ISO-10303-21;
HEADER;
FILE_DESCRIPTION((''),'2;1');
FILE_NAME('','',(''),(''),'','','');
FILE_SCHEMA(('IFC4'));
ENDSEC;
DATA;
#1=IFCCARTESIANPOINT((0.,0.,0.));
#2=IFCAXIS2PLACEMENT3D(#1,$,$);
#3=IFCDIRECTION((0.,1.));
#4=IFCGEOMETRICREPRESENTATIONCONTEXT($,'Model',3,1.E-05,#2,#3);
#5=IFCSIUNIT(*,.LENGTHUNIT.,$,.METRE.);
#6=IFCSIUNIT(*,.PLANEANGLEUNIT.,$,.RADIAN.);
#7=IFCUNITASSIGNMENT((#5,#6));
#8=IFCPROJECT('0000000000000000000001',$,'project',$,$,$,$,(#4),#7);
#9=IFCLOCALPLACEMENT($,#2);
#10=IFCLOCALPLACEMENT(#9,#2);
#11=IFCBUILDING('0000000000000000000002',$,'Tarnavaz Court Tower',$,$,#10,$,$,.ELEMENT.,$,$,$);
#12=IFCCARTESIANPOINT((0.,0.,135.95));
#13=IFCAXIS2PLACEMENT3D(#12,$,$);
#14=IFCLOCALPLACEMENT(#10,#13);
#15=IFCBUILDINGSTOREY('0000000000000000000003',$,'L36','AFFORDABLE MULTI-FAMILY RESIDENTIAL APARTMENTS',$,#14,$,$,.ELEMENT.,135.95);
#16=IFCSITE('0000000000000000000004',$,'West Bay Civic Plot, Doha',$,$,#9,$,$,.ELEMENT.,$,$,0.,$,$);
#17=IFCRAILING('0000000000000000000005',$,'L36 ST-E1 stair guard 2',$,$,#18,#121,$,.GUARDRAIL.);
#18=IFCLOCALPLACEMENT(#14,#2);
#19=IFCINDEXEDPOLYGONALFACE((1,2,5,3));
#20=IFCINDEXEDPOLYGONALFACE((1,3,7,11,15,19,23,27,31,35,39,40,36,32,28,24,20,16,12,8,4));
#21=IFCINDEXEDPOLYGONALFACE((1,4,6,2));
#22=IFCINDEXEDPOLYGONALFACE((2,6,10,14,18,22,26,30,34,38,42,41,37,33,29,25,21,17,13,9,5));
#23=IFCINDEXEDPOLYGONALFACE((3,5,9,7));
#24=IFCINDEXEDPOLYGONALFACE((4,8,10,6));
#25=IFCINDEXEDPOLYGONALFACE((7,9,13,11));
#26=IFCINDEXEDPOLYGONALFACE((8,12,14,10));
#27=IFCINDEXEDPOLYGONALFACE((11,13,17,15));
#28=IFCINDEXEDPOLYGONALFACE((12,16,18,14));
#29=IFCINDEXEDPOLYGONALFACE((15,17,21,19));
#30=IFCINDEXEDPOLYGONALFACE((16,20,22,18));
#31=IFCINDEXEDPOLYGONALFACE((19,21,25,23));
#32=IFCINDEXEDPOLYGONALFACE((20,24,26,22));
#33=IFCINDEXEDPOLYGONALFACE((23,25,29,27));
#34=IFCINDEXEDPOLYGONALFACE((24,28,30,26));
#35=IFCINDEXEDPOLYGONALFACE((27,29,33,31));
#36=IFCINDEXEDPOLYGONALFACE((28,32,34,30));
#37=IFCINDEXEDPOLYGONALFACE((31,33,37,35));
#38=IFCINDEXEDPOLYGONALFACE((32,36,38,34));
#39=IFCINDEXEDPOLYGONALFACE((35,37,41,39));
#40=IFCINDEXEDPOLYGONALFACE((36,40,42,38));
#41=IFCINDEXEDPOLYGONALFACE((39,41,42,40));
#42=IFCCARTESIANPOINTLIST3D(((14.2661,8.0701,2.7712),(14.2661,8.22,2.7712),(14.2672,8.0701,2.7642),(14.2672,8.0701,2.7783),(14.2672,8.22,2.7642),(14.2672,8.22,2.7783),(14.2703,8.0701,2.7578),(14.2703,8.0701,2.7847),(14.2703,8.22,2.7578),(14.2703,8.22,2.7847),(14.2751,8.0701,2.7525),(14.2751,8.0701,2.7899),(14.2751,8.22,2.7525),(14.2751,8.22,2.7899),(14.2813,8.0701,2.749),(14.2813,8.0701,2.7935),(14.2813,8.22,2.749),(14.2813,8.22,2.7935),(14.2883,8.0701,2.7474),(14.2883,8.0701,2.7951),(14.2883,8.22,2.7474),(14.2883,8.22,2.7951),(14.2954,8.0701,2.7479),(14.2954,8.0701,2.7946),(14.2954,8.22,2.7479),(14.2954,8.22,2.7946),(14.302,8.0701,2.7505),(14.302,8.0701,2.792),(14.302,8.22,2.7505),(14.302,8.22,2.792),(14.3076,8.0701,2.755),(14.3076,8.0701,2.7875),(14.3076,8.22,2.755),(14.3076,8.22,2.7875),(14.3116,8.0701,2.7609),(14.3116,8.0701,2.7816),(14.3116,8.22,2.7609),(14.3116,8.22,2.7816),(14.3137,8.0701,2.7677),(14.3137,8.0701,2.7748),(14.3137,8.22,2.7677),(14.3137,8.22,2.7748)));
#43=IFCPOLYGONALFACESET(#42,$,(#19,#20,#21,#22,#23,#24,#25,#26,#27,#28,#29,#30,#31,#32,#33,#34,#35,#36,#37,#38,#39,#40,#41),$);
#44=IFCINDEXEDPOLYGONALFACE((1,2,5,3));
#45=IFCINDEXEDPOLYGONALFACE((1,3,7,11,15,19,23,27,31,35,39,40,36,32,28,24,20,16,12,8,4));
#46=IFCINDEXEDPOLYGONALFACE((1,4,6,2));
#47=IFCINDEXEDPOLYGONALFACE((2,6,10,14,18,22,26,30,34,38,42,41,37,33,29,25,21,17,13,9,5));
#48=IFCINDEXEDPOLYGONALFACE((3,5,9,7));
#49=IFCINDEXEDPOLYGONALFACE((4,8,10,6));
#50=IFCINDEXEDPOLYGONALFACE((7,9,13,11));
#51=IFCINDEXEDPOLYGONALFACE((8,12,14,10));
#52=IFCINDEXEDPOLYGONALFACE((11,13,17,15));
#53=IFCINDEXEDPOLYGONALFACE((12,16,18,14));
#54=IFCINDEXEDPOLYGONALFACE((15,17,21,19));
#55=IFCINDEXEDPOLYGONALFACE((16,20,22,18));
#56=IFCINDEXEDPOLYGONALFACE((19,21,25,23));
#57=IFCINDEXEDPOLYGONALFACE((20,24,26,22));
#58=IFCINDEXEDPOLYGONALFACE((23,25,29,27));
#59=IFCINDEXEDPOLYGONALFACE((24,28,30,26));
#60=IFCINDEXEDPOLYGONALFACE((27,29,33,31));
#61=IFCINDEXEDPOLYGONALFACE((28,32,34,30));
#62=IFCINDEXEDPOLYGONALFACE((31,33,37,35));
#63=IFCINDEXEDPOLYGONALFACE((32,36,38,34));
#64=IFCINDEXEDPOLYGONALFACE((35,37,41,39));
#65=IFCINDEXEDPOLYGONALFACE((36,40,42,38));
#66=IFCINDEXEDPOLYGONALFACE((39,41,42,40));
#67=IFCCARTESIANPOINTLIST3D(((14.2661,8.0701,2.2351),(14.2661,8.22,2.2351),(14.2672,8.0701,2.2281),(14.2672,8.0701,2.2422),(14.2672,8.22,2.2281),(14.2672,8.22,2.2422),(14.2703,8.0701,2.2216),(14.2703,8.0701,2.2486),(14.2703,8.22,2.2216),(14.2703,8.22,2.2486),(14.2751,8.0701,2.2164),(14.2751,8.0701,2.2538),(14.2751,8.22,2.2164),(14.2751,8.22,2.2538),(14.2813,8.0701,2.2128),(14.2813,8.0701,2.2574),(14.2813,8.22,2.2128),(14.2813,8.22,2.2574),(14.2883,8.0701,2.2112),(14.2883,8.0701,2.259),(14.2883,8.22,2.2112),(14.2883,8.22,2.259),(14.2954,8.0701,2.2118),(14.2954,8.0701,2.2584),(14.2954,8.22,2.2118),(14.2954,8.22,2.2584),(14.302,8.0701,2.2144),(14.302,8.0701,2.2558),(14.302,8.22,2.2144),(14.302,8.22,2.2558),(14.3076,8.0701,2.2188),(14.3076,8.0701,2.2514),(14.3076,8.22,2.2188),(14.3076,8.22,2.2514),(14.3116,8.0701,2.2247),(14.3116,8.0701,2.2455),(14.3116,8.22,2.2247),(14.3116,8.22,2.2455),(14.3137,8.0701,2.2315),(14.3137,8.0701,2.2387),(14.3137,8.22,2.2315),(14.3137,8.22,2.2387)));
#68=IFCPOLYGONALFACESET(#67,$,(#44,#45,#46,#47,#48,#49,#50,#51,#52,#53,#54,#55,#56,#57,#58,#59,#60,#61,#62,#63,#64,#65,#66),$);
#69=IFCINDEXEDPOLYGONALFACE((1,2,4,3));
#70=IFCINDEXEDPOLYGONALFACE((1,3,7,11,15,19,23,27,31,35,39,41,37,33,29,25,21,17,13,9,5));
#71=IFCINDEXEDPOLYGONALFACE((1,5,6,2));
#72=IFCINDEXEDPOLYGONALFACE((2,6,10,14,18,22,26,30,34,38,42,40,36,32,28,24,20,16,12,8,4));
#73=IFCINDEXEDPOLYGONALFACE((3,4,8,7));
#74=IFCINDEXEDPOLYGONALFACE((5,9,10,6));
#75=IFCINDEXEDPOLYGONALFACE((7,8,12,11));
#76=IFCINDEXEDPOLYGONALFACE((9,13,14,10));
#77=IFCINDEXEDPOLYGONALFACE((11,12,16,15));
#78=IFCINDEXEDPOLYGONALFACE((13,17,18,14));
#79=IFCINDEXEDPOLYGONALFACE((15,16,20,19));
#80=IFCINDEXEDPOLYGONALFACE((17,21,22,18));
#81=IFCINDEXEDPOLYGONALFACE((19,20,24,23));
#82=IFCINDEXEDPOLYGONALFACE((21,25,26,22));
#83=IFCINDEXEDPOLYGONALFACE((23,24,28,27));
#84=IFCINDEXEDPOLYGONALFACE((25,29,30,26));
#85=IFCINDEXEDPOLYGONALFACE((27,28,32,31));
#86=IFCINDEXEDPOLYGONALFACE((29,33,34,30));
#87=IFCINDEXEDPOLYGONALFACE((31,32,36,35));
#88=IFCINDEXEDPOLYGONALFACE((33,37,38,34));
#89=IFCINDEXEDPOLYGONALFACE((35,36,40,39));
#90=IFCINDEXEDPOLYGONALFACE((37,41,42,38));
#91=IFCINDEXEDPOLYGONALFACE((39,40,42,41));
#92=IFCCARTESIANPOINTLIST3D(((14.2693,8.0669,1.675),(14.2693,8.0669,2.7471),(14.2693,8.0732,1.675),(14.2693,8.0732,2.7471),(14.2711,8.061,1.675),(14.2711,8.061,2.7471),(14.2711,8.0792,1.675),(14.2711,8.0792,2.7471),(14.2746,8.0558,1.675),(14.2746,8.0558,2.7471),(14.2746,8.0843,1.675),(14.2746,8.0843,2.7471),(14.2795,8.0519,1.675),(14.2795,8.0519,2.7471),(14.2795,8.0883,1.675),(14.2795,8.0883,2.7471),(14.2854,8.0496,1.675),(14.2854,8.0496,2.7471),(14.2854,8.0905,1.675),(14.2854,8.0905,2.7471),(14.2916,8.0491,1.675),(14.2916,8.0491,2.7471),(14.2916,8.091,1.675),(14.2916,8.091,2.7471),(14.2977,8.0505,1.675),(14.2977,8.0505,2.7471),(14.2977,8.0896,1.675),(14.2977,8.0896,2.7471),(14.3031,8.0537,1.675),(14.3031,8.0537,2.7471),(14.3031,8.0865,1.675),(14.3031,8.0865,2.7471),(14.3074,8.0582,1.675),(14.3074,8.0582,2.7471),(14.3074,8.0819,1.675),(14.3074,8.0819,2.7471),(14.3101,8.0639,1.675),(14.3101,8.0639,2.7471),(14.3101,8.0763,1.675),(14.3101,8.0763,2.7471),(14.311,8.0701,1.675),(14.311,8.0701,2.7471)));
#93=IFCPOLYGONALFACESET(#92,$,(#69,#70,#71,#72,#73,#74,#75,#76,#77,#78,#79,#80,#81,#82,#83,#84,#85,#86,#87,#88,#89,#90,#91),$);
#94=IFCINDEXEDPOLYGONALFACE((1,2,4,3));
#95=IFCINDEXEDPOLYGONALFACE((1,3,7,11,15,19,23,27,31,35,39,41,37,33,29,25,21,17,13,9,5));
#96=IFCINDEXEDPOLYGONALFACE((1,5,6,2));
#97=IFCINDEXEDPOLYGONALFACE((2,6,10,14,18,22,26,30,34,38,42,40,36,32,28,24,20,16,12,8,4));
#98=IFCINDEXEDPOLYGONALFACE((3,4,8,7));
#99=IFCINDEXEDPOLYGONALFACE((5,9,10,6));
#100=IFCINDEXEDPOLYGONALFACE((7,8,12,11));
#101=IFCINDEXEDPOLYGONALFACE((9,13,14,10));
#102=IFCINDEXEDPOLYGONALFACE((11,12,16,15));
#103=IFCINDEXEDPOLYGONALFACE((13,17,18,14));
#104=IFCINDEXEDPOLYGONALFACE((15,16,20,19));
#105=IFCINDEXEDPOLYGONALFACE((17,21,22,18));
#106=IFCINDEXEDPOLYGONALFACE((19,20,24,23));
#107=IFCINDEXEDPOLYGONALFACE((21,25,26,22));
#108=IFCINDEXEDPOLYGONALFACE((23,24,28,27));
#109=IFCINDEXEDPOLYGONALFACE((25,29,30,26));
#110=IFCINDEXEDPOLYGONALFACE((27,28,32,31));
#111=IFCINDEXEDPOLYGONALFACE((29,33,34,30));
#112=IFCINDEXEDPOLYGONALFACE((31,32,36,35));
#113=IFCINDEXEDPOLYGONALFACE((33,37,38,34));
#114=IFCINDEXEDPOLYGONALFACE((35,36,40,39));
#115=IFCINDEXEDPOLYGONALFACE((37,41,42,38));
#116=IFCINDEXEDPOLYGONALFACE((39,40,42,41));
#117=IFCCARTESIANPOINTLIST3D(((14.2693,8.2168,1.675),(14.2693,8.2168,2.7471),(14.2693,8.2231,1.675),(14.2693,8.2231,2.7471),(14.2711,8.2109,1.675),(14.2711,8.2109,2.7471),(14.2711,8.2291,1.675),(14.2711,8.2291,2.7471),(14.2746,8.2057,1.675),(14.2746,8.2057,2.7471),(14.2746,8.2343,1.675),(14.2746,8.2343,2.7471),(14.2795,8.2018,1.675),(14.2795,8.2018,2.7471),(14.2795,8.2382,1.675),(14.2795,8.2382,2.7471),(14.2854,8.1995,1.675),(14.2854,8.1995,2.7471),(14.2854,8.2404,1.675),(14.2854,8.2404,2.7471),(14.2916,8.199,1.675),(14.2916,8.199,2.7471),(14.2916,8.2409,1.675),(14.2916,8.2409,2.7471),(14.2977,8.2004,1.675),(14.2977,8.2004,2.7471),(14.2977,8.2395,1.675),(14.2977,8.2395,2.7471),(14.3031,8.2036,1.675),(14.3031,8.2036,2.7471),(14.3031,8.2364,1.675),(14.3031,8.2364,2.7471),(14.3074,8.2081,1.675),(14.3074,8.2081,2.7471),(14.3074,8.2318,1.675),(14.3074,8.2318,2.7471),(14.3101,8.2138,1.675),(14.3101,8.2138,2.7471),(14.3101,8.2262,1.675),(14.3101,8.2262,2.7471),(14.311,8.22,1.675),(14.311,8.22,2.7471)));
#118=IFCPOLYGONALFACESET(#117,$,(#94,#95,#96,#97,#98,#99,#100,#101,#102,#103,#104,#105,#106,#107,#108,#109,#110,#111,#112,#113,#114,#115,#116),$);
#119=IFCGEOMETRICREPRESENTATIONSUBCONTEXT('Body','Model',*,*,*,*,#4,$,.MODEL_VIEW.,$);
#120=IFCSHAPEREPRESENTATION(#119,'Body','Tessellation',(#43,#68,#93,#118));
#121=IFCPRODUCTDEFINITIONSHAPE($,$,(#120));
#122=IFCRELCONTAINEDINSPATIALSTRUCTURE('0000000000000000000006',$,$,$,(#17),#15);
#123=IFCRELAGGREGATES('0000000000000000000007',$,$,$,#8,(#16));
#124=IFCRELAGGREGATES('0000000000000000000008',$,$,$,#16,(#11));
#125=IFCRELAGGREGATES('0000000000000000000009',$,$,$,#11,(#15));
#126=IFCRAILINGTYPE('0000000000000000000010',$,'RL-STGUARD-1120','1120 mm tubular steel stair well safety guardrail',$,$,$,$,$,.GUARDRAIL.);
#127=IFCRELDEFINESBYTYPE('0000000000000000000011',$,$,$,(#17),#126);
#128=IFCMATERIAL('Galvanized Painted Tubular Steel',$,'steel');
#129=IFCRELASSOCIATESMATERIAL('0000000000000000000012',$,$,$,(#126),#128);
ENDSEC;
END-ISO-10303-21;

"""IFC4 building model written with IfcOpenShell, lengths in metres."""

from ifc_helpers import new_model, si_unit, direction, frame, origin, origin_2d, place, context, subcontext, project, spatial, circle, extrude, material, type_object, element, save


model = new_model("IFC4")

# Units and contexts
model_context = context("Model", 3, precision=1e-05, world=origin(), true_north=direction((0.0, 1.0)))
body_context = subcontext(model_context, "Body", "Model", "MODEL_VIEW")
ifc_project = project(units=[si_unit("LENGTHUNIT", "METRE"), si_unit("PLANEANGLEUNIT", "RADIAN")], contexts=[model_context])

# Site, building, storey
site_placement = place(None, origin())
site = spatial("IfcSite", under=ifc_project, at=site_placement, Name="West Bay Civic Plot, Doha", CompositionType="ELEMENT", RefElevation=0.0)
building_placement = place(site_placement, origin())
building = spatial("IfcBuilding", under=site, at=building_placement, Name="Tarnavaz Court Tower", CompositionType="ELEMENT")
storey_placement = place(building_placement, frame((0.0, 0.0, 135.95)))
storey = spatial("IfcBuildingStorey", under=building, at=storey_placement, Name="L36", Description="AFFORDABLE MULTI-FAMILY RESIDENTIAL APARTMENTS", CompositionType="ELEMENT", Elevation=135.95)

# Railing
ifc_material_1 = material(Name="Galvanized Painted Tubular Steel", Category="steel")
railing_type_1 = type_object("IfcRailingType", Name="RL-STGUARD-1120", Description="1120 mm tubular steel stair well safety guardrail", PredefinedType="GUARDRAIL", material=ifc_material_1)
railing_1_placement = place(storey_placement, frame((14.29, 8.0701, 1.675)))
element("IfcRailing", 1, at=railing_1_placement, inside=storey, type_object=railing_type_1, Name="L36 ST-E1 stair guard 2", PredefinedType="GUARDRAIL", context=body_context, shape_type="SweptSolid", body=[
    extrude(circle(Radius=0.0239, at=origin_2d()), frame((0.0, 0.0, 1.0962), z_axis=(0.0, 1.0, 0.0), x_axis=(-1.0, 0.0, 0.0)), (0.0, 0.0, 1.0), 0.1499),
    extrude(circle(Radius=0.0239, at=origin_2d()), frame((0.0, 0.0, 0.5601), z_axis=(0.0, 1.0, 0.0), x_axis=(-1.0, 0.0, 0.0)), (0.0, 0.0, 1.0), 0.1499),
    extrude(circle(Radius=0.021, at=origin_2d()), origin(), (0.0, 0.0, 1.0), 1.072),
    extrude(circle(Radius=0.021, at=origin_2d()), frame((0.0, 0.1499, 0.0)), (0.0, 0.0, 1.0), 1.072),
])

save(model, "model.ifc")
